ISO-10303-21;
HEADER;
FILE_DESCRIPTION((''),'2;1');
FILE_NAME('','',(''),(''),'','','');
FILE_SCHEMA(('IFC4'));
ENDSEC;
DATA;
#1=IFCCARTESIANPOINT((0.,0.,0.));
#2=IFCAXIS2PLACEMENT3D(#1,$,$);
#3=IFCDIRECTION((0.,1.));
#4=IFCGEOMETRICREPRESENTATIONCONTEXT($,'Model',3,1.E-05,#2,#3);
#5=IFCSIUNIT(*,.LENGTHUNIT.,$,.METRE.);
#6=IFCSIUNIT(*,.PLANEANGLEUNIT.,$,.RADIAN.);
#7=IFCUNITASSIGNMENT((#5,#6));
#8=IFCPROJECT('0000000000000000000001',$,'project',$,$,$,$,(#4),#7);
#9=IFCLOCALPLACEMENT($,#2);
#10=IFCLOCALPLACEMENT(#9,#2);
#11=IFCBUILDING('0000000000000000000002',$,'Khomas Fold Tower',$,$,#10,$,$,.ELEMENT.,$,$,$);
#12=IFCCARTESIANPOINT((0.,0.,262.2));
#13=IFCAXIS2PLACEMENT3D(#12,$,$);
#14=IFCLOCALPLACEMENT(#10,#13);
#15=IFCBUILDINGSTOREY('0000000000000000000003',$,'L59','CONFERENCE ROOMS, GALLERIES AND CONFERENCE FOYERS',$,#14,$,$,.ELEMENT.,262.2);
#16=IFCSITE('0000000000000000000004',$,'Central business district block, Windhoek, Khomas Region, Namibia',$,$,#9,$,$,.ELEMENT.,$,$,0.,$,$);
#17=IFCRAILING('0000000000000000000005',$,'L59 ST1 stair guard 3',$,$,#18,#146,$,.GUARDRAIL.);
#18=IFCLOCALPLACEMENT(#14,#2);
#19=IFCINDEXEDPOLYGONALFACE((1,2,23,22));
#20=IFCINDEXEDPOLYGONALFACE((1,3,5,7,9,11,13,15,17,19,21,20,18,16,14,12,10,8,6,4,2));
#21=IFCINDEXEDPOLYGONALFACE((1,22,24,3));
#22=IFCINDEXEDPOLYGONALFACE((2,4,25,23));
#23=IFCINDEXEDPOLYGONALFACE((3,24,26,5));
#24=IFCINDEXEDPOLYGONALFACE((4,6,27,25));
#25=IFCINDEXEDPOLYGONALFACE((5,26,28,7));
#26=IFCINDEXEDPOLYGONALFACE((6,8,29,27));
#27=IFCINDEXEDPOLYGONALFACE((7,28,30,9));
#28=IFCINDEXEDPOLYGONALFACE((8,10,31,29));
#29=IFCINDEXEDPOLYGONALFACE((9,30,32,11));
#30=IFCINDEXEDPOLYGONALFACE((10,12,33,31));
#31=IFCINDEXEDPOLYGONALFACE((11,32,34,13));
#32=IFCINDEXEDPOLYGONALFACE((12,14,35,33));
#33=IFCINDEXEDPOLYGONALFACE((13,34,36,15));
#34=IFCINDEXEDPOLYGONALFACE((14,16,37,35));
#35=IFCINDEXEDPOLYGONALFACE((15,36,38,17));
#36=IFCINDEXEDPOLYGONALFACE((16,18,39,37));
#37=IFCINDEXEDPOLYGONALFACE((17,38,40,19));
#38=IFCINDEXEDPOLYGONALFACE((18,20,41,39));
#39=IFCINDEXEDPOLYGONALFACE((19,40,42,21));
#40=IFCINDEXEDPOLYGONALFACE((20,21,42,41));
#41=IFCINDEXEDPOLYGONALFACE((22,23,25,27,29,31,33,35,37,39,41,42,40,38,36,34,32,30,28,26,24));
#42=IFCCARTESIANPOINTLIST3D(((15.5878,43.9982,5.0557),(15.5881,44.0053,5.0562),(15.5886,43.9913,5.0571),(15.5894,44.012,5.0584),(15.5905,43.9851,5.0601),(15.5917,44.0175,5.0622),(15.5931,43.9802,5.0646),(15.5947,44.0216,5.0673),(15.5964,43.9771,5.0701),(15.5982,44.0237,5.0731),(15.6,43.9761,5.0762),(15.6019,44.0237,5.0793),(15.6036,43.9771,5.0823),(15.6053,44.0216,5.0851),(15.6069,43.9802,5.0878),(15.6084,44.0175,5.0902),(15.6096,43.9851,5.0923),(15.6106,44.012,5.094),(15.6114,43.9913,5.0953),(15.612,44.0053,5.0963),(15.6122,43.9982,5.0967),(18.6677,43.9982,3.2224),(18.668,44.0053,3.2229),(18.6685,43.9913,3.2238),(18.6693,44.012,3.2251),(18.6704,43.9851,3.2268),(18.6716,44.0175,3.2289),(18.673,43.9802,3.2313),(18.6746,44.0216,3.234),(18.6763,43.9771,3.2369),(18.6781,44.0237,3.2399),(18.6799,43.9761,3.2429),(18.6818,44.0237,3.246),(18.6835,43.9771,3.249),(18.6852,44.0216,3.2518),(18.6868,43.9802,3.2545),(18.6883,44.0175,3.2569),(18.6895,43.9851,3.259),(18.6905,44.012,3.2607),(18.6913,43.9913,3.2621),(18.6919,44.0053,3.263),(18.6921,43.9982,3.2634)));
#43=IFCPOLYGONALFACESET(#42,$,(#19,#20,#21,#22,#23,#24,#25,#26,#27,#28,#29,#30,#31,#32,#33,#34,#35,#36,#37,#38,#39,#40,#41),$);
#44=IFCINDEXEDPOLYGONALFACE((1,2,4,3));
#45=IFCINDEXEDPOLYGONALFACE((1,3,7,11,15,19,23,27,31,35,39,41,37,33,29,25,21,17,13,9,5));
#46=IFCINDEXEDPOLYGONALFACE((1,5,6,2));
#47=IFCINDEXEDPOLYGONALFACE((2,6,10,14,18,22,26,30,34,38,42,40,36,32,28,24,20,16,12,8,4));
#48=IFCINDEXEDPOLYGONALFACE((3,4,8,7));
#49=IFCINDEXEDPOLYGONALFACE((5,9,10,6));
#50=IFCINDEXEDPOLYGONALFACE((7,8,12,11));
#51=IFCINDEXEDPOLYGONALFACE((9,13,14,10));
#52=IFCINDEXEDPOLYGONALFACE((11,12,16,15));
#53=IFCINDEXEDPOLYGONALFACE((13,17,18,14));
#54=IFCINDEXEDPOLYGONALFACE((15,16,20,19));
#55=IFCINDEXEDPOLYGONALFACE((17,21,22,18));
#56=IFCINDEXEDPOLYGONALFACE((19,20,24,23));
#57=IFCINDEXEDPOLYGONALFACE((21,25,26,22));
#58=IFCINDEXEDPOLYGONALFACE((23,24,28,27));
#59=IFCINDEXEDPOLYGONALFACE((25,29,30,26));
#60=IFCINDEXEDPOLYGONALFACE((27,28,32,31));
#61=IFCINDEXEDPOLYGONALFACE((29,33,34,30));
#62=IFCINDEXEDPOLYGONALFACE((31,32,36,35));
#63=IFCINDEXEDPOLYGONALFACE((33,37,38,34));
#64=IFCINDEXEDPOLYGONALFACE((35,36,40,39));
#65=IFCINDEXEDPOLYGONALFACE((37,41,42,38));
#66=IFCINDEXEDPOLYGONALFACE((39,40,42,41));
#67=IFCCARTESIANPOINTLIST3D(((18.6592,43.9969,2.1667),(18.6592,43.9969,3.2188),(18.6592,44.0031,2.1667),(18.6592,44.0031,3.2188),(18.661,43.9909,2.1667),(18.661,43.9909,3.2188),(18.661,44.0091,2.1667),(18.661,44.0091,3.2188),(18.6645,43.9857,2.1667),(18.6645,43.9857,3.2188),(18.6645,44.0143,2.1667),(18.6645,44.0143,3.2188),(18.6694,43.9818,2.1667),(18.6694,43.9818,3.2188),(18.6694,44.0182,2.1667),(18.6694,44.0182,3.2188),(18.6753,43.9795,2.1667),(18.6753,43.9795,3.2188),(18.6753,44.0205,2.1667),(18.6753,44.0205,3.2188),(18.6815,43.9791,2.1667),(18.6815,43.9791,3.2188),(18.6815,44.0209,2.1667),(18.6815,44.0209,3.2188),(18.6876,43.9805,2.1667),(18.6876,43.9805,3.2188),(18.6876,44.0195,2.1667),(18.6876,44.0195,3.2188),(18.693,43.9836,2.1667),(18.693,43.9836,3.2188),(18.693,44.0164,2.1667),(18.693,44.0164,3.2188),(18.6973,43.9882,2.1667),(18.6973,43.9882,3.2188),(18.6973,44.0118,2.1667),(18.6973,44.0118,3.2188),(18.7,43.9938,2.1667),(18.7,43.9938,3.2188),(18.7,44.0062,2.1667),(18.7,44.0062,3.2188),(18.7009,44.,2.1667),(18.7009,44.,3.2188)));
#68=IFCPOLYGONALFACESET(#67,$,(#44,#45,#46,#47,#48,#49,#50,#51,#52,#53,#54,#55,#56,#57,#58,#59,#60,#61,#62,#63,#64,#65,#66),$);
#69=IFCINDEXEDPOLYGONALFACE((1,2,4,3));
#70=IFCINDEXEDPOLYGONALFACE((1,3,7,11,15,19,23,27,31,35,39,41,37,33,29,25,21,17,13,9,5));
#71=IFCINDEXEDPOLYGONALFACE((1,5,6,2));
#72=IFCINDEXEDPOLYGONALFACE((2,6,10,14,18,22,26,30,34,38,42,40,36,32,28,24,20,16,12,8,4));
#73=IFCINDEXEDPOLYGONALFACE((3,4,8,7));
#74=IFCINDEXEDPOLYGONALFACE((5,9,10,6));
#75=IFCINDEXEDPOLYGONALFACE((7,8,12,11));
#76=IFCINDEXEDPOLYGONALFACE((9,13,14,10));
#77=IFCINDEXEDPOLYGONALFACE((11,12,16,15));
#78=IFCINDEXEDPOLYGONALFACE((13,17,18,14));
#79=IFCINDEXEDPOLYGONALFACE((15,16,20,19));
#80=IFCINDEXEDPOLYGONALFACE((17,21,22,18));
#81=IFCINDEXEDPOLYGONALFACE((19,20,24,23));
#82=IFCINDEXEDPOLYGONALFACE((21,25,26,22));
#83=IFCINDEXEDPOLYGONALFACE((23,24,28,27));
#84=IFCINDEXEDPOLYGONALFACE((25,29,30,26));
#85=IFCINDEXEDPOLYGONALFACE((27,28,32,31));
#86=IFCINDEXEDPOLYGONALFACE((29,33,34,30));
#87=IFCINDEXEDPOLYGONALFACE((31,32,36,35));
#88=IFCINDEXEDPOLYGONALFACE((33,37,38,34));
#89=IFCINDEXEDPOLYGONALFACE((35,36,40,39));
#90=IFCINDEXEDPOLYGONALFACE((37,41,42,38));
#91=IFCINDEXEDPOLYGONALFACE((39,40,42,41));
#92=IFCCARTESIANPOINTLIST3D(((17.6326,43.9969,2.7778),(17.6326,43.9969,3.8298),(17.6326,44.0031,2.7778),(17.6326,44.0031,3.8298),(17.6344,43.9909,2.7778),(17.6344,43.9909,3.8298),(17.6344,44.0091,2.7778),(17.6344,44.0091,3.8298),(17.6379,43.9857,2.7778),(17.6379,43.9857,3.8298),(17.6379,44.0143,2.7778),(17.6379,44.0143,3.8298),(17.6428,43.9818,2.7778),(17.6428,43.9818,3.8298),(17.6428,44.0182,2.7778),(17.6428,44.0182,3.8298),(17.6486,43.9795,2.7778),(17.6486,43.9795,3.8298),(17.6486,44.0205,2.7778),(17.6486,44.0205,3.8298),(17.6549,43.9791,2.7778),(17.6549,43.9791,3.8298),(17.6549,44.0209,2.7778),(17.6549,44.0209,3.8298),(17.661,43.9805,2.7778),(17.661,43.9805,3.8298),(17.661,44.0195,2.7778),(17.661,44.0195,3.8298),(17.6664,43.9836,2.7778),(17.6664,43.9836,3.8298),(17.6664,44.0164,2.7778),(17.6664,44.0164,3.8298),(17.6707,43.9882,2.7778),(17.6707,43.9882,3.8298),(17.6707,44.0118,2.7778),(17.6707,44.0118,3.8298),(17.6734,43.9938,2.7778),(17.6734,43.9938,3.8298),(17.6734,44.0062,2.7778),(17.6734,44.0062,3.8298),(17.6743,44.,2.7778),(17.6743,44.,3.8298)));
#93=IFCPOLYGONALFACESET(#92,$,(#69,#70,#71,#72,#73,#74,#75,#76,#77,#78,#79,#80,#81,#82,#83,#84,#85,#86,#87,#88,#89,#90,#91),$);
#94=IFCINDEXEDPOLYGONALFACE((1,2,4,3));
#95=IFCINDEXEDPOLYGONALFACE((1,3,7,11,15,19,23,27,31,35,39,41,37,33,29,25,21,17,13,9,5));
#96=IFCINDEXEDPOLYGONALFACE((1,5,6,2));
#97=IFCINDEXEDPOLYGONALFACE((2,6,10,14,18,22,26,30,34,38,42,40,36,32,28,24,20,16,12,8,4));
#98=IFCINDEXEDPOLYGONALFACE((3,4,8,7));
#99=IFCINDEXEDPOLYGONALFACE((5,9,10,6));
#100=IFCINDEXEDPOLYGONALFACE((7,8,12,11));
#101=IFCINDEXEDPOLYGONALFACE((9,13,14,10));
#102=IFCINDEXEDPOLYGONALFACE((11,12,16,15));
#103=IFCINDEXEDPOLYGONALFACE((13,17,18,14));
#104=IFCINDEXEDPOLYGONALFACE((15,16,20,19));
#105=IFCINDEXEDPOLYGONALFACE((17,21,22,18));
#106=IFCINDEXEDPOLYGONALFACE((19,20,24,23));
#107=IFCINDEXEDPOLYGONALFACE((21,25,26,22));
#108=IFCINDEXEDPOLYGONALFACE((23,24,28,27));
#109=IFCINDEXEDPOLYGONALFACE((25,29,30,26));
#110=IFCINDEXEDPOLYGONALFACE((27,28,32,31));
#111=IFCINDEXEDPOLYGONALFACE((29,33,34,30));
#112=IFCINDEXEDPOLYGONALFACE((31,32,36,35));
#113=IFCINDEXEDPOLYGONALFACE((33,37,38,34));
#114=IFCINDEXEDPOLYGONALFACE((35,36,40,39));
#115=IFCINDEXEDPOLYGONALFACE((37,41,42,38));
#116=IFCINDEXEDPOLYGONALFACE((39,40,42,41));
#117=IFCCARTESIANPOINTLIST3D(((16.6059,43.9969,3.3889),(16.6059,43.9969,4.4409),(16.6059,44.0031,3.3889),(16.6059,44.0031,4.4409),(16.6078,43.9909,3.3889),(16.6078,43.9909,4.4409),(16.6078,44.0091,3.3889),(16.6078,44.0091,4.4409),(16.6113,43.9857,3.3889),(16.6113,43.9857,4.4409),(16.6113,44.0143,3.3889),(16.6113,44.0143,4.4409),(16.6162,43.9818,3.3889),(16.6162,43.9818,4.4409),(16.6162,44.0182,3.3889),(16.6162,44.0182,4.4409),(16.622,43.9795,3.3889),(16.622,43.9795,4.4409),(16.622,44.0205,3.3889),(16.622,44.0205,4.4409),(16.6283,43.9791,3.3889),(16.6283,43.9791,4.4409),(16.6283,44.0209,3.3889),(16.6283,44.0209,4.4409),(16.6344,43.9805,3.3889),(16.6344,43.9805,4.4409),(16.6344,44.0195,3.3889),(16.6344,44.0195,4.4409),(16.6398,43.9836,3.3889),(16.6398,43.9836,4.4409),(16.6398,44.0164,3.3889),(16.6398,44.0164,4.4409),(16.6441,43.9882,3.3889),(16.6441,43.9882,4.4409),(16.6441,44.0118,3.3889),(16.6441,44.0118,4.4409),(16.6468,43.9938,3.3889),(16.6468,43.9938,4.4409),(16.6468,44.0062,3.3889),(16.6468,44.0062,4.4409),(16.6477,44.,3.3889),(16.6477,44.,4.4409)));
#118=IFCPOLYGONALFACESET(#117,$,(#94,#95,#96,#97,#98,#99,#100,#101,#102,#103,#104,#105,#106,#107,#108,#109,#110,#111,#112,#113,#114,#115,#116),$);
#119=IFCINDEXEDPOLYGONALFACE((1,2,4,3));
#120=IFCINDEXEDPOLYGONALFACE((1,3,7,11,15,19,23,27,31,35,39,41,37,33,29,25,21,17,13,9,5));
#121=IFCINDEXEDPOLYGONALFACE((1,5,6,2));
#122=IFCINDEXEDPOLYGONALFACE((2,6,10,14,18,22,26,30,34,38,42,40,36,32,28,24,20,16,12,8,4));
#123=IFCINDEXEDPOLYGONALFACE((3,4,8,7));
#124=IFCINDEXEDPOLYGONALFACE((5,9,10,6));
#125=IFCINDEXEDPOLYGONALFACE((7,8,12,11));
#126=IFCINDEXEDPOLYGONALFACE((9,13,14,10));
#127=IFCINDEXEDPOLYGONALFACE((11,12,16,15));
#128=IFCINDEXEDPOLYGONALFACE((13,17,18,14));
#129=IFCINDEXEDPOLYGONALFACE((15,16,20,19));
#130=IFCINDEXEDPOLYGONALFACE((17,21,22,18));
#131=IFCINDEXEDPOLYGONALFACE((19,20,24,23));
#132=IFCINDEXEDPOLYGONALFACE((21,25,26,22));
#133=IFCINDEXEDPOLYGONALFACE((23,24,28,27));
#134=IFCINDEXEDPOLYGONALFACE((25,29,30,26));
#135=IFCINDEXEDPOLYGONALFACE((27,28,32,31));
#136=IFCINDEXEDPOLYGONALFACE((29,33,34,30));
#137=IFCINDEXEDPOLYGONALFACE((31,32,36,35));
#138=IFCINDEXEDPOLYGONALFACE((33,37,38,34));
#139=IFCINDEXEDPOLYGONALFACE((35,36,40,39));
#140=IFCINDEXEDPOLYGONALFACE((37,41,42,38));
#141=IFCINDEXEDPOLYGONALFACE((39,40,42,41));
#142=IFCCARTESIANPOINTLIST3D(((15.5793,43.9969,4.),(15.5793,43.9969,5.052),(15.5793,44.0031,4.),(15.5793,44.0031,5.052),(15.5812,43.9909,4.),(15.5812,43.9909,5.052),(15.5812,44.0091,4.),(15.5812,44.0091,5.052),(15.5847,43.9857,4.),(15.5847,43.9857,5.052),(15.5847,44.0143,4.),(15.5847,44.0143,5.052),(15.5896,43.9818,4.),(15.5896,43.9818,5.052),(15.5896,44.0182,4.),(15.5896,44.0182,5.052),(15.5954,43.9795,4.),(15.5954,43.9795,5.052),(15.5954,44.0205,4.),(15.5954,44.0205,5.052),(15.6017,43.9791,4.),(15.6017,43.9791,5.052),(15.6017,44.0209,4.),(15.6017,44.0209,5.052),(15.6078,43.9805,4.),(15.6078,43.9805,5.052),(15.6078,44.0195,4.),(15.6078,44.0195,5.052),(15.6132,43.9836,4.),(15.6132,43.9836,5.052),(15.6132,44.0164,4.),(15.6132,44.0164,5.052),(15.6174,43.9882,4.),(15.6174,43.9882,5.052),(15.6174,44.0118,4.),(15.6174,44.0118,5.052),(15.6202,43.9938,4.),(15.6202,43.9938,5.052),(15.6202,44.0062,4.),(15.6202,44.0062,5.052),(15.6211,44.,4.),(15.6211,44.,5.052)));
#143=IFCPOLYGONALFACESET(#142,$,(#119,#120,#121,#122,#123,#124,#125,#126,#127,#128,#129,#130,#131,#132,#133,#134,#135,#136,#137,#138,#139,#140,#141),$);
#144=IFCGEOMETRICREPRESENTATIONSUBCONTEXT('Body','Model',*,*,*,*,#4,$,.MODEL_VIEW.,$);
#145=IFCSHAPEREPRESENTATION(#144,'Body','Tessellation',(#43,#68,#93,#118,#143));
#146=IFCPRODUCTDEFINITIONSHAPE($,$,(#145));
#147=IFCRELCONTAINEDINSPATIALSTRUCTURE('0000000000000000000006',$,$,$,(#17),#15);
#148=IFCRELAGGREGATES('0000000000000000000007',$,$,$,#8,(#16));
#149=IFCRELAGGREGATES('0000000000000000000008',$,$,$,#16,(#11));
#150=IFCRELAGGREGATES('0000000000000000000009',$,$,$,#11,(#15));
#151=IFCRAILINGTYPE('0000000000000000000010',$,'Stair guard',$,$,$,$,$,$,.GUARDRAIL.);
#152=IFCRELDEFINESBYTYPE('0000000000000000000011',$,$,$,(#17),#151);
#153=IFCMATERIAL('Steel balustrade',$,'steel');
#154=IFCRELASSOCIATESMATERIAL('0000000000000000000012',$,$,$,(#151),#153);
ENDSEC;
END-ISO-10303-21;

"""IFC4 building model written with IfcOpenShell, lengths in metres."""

from ifc_helpers import new_model, si_unit, direction, frame, origin, origin_2d, place, context, subcontext, project, spatial, circle, extrude, source, transform, mapped, material, type_object, element, save


model = new_model("IFC4")

# Units and contexts
model_context = context("Model", 3, precision=1e-05, world=origin(), true_north=direction((0.0, 1.0)))
body_context = subcontext(model_context, "Body", "Model", "MODEL_VIEW")
ifc_project = project(units=[si_unit("LENGTHUNIT", "METRE"), si_unit("PLANEANGLEUNIT", "RADIAN")], contexts=[model_context])

# Site, building, storey
site_placement = place(None, origin())
site = spatial("IfcSite", under=ifc_project, at=site_placement, Name="Central business district block, Windhoek, Khomas Region, Namibia", CompositionType="ELEMENT", RefElevation=0.0)
building_placement = place(site_placement, origin())
building = spatial("IfcBuilding", under=site, at=building_placement, Name="Khomas Fold Tower", CompositionType="ELEMENT")
storey_placement = place(building_placement, frame((0.0, 0.0, 262.2)))
storey = spatial("IfcBuildingStorey", under=building, at=storey_placement, Name="L59", Description="CONFERENCE ROOMS, GALLERIES AND CONFERENCE FOYERS", CompositionType="ELEMENT", Elevation=262.2)

# Railing
ifc_material_1 = material(Name="Steel balustrade", Category="steel")
railing_type_1 = type_object("IfcRailingType", Name="Stair guard", PredefinedType="GUARDRAIL", material=ifc_material_1)
shared_shape_1 = source(origin(), body_context, "Body", "SweptSolid", [
    extrude(circle(Radius=0.0239, at=origin_2d()), frame((0.0, 0.0, 1.0762), z_axis=(-0.859291, 0.0, 0.511487), x_axis=(0.0, -1.0, 0.0)), (0.0, 0.0, 1.0), 3.5842),
    extrude(circle(Radius=0.021, at=origin_2d()), origin(), (0.0, 0.0, 1.0), 1.052),
    extrude(circle(Radius=0.021, at=origin_2d()), frame((-1.0266, 0.0, 0.6111)), (0.0, 0.0, 1.0), 1.052),
    extrude(circle(Radius=0.021, at=origin_2d()), frame((-2.0532, 0.0, 1.2222)), (0.0, 0.0, 1.0), 1.052),
    extrude(circle(Radius=0.021, at=origin_2d()), frame((-3.0798, 0.0, 1.8333)), (0.0, 0.0, 1.0), 1.052),
])
railing_1_placement = place(storey_placement, frame((18.6799, 44.0, 2.1667)))
element("IfcRailing", 1, at=railing_1_placement, inside=storey, type_object=railing_type_1, Name="L59 ST1 stair guard 3", PredefinedType="GUARDRAIL", context=body_context, shape_type="MappedRepresentation", body=[
    mapped(shared_shape_1, transform((0.0, 0.0, 0.0))),
])

save(model, "model.ifc")
